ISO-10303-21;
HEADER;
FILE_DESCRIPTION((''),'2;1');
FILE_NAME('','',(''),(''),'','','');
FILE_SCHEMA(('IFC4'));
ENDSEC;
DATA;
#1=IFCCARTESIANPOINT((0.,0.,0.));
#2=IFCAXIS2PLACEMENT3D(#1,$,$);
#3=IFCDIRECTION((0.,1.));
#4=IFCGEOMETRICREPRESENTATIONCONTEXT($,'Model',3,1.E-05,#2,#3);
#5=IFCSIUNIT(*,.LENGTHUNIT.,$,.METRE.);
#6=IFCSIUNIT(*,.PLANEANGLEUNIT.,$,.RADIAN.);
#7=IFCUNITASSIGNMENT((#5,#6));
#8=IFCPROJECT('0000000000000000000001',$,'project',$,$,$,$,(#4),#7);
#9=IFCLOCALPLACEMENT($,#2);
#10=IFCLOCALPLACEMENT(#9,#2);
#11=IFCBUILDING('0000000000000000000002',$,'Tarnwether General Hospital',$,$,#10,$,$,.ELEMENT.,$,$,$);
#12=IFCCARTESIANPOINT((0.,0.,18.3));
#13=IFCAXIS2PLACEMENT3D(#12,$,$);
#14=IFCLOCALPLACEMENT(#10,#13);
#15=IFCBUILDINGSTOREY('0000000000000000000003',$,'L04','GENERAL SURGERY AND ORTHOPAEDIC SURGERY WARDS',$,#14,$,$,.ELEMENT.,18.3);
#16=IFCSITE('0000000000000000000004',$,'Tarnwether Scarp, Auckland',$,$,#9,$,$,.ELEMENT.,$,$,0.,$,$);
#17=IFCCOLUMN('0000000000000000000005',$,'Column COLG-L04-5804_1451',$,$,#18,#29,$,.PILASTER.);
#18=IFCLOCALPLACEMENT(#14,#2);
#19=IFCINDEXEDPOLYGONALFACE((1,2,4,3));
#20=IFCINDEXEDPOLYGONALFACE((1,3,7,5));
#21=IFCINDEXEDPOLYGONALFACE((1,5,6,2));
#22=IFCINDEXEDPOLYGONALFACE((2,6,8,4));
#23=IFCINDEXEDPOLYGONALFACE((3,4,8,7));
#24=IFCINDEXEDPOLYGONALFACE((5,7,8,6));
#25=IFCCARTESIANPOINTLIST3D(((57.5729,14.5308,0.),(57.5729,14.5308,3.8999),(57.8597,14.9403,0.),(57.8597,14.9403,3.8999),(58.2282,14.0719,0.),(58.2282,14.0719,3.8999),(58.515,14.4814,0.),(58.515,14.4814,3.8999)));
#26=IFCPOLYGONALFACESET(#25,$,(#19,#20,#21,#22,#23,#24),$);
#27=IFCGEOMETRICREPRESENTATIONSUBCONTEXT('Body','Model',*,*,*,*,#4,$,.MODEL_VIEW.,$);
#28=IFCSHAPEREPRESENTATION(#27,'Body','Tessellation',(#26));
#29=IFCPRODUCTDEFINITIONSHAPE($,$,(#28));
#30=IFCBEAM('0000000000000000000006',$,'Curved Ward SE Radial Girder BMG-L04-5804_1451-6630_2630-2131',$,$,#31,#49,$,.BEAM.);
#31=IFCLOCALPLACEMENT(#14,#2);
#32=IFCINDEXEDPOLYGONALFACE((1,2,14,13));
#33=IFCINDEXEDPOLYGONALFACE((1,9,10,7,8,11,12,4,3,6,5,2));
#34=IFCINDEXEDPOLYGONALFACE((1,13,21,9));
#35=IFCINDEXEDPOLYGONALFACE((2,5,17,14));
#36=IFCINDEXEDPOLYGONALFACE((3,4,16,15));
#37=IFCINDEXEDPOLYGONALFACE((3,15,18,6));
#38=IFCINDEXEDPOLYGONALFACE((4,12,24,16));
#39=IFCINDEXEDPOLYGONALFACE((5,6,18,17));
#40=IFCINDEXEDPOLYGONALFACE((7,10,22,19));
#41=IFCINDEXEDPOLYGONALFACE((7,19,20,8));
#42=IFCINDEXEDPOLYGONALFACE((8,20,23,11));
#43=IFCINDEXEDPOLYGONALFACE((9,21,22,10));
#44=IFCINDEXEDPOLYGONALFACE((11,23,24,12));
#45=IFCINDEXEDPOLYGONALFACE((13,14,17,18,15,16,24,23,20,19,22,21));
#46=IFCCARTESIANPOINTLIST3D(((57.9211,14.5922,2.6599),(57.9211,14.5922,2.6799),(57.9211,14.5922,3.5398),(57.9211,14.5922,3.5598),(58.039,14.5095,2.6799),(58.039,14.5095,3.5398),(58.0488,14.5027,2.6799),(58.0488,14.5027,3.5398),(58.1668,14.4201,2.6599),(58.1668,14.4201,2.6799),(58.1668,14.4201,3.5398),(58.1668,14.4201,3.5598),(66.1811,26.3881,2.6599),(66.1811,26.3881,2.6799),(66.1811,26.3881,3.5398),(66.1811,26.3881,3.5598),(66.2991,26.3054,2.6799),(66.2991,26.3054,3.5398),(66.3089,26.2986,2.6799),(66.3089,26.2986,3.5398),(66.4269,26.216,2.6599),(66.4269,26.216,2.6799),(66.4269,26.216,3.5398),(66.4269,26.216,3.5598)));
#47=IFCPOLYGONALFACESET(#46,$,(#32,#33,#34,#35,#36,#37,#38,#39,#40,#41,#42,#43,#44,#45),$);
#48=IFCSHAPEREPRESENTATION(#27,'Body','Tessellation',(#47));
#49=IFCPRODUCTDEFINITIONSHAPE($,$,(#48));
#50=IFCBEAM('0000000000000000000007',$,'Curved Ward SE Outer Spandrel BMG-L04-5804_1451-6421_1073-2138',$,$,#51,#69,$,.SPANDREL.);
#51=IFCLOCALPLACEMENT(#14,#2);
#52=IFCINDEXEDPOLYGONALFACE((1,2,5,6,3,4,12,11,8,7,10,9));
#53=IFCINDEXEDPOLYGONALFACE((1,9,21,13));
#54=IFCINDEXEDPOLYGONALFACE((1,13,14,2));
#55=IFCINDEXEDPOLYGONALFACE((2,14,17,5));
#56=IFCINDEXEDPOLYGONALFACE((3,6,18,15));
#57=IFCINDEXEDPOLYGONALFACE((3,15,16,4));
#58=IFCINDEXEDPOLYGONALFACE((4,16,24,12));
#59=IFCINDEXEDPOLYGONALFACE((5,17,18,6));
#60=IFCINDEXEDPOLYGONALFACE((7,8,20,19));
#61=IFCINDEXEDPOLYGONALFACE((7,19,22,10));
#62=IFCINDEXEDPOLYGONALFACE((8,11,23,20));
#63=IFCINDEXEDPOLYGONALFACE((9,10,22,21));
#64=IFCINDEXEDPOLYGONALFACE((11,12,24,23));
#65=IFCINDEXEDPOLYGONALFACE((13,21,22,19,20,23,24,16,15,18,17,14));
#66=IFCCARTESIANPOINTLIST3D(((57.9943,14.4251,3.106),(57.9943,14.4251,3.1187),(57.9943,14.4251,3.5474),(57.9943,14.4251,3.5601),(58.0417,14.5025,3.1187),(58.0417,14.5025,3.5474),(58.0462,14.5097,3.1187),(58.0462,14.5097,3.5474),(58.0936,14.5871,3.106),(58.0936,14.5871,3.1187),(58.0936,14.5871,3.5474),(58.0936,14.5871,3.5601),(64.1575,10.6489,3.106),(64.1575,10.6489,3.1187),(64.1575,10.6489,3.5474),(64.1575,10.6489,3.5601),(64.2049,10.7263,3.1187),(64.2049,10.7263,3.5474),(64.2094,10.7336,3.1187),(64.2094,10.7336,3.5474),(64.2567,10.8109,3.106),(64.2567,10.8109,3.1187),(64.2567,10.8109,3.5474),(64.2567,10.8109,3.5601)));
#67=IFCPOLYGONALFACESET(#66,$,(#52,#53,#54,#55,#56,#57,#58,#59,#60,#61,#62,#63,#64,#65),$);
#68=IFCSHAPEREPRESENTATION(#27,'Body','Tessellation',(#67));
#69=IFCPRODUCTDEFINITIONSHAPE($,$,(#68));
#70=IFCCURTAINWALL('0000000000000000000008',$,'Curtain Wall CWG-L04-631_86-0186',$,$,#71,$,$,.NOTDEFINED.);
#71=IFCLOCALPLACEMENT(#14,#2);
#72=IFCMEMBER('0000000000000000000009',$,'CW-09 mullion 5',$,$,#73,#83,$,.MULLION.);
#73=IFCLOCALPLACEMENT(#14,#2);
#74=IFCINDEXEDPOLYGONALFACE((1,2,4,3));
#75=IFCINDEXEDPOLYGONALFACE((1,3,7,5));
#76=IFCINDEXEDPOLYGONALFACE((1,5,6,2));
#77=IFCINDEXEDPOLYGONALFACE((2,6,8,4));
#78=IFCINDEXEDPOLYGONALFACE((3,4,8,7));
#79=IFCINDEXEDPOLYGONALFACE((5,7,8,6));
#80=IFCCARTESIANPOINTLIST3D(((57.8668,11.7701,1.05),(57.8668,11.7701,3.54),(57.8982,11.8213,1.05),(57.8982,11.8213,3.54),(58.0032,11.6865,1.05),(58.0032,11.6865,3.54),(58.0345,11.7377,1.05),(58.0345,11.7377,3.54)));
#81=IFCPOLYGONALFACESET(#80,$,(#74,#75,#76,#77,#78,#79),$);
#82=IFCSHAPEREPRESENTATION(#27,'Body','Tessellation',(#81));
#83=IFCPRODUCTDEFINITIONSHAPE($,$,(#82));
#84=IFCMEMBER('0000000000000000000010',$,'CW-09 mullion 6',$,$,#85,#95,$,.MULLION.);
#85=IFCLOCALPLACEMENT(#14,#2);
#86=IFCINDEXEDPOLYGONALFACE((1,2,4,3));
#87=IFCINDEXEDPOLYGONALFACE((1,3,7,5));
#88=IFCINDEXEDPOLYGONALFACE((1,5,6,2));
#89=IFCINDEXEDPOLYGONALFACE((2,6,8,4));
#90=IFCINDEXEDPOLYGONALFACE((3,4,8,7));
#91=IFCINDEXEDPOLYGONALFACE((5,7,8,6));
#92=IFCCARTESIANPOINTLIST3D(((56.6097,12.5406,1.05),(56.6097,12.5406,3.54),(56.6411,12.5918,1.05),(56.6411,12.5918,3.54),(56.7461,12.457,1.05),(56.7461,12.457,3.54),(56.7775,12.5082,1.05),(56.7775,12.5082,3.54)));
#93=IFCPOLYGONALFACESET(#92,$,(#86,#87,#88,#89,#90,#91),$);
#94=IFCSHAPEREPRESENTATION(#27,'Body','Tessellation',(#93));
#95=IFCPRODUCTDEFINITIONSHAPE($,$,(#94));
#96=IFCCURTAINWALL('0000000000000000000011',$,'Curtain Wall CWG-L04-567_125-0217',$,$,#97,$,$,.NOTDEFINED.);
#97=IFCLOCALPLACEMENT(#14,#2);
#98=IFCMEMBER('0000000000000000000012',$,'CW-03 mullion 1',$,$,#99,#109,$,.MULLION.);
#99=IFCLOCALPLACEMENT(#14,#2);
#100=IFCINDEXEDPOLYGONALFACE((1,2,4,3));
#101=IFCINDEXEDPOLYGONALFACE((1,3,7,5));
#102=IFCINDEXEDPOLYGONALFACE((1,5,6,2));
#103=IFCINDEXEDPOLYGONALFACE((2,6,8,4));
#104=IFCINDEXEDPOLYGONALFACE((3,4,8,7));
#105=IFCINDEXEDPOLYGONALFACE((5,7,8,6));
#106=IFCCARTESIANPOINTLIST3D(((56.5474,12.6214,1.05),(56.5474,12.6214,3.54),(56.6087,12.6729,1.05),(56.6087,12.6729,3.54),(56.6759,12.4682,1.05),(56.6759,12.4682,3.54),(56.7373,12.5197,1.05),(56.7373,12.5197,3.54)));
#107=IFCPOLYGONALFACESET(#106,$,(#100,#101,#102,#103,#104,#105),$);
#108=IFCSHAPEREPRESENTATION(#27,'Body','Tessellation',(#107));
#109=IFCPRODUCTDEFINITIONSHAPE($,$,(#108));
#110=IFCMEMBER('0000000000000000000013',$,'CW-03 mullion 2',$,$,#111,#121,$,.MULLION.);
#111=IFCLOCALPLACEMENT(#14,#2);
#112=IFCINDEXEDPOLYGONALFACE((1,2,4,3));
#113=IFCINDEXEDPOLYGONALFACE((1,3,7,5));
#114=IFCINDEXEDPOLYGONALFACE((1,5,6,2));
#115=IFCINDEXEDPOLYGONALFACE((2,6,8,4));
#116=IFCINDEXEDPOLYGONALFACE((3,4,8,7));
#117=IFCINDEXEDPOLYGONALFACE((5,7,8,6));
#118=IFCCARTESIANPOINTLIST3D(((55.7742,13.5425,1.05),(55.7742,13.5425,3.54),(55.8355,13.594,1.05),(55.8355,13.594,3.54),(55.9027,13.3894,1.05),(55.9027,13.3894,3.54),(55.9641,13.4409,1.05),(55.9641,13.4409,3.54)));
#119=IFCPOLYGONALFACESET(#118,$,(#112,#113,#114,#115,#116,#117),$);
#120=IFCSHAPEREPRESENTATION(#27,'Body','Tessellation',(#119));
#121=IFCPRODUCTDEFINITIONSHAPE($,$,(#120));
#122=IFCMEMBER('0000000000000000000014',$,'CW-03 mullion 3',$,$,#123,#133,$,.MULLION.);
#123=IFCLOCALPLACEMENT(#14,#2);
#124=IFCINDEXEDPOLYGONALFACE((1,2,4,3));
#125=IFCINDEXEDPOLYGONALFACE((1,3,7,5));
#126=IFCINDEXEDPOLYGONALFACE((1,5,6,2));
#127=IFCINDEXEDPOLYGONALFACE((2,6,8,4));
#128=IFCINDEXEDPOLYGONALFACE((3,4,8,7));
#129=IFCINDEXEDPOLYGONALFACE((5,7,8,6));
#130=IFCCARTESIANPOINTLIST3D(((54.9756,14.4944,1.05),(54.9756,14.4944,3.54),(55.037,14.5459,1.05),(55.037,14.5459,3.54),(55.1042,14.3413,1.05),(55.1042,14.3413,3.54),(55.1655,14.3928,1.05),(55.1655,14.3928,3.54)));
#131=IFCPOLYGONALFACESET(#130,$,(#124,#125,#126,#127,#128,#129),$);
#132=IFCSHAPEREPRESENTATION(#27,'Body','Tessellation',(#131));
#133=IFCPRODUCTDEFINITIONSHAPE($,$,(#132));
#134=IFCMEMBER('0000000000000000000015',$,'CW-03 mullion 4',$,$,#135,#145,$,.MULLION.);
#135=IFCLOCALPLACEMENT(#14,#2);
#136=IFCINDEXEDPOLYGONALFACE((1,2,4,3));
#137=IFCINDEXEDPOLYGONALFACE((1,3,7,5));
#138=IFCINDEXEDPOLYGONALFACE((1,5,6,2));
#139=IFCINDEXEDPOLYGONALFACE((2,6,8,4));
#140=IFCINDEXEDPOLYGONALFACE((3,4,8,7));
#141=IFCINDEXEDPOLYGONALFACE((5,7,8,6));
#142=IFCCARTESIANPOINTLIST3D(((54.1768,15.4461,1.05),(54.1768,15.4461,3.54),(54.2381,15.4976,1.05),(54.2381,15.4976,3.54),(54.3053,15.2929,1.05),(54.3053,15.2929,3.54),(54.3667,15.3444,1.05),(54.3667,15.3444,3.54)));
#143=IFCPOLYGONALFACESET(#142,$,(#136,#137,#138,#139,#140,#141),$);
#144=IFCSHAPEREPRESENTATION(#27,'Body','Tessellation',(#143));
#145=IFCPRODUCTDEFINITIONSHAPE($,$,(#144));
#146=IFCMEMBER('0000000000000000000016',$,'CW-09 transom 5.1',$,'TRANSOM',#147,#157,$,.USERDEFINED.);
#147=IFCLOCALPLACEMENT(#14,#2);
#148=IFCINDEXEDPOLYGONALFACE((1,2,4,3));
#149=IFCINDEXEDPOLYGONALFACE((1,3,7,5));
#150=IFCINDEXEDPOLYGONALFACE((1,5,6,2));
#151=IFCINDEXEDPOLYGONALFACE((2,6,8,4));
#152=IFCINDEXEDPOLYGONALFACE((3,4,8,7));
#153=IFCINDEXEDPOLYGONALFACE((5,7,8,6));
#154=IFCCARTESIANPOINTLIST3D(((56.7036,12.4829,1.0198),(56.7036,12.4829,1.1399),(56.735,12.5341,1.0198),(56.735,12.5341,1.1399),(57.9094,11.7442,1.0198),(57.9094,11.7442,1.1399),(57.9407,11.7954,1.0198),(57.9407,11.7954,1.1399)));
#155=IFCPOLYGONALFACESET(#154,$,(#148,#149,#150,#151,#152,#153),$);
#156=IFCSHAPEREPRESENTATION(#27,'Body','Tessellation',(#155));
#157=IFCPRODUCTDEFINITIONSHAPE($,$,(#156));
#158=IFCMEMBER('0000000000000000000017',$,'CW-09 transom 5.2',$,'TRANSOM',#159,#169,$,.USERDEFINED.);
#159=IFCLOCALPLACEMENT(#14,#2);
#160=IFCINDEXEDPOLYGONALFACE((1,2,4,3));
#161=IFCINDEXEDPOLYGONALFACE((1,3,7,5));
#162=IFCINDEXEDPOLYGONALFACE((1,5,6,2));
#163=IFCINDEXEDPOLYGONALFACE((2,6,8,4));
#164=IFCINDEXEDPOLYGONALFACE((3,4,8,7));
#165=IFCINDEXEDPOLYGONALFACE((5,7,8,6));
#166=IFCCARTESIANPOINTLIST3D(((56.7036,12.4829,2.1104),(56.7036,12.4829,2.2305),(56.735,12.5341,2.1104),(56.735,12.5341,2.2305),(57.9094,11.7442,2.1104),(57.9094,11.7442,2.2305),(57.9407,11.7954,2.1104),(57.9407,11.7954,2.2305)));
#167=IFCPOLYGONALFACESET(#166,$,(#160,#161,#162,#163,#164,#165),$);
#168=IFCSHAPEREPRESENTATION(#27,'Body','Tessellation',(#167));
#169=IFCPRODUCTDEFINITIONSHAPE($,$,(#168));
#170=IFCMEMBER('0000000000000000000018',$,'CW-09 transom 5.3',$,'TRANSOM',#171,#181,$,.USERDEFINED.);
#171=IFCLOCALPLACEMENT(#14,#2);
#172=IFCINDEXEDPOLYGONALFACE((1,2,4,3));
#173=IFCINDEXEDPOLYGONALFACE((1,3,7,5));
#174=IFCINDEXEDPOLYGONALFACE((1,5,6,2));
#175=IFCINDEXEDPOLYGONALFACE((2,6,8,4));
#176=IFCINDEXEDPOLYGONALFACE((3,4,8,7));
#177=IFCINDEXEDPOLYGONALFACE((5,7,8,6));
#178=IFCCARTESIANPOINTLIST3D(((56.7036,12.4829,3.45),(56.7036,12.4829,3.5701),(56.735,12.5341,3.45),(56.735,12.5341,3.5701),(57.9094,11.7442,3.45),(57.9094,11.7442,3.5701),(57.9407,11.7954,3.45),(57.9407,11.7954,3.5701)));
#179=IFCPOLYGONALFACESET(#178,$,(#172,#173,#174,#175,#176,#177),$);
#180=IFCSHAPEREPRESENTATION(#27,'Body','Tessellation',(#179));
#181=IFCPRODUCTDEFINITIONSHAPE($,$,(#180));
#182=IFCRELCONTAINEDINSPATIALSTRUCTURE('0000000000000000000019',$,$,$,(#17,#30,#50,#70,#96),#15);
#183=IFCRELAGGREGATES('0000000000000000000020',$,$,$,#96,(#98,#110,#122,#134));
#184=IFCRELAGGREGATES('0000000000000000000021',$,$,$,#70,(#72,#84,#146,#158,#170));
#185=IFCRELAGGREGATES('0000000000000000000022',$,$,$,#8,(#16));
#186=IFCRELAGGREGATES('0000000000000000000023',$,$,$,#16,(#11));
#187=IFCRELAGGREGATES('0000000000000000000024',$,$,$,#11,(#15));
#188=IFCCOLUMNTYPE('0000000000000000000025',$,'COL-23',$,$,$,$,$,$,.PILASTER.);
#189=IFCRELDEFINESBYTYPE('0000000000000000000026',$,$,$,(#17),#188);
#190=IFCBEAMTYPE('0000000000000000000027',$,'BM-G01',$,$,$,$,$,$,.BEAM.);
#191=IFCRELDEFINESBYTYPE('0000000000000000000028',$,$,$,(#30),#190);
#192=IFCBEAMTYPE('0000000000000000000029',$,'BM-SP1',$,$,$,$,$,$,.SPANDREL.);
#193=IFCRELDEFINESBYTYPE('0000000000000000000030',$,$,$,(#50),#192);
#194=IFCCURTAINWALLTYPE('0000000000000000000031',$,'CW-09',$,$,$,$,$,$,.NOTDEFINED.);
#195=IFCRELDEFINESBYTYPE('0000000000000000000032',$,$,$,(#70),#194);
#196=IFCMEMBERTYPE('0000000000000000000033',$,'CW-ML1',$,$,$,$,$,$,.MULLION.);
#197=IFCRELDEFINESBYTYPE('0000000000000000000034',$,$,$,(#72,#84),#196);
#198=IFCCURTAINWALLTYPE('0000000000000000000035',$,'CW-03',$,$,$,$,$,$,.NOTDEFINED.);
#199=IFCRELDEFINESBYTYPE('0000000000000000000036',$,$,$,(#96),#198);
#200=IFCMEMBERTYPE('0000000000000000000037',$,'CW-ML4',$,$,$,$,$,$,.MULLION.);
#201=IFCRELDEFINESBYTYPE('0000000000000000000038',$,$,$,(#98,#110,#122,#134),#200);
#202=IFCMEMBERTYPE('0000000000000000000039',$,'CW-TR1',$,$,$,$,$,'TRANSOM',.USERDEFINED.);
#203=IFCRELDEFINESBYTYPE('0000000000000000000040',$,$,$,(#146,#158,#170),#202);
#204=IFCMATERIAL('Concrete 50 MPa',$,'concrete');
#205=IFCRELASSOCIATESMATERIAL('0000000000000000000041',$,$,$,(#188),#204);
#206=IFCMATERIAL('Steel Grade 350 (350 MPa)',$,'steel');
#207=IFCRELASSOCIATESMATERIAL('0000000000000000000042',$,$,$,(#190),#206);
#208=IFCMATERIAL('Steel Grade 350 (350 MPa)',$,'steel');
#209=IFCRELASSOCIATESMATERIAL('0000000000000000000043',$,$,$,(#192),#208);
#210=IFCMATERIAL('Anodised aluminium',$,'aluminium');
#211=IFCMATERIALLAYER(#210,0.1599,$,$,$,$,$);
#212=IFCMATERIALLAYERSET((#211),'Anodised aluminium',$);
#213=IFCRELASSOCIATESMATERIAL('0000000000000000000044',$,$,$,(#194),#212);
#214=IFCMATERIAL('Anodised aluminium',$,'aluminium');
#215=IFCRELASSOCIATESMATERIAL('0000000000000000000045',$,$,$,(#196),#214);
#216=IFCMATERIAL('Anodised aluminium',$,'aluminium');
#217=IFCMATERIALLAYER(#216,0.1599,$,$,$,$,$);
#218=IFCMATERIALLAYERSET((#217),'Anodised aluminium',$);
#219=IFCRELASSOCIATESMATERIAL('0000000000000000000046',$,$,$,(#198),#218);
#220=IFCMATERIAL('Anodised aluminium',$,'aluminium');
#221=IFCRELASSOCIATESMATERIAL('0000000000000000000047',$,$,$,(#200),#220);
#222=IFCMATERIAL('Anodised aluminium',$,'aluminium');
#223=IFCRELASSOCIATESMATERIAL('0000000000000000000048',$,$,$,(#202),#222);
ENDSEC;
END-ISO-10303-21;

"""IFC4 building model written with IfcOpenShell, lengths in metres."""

from ifc_helpers import new_model, si_unit, direction, frame, origin, origin_2d, place, context, subcontext, project, spatial, rectangle, i_section, extrude, material, layer, layer_set, material_profile, profile_set, type_object, element, aggregate, save


model = new_model("IFC4")

# Units and contexts
model_context = context("Model", 3, precision=1e-05, world=origin(), true_north=direction((0.0, 1.0)))
body_context = subcontext(model_context, "Body", "Model", "MODEL_VIEW")
ifc_project = project(units=[si_unit("LENGTHUNIT", "METRE"), si_unit("PLANEANGLEUNIT", "RADIAN")], contexts=[model_context])

# Site, building, storey
site_placement = place(None, origin())
site = spatial("IfcSite", under=ifc_project, at=site_placement, Name="Tarnwether Scarp, Auckland", CompositionType="ELEMENT", RefElevation=0.0)
building_placement = place(site_placement, origin())
building = spatial("IfcBuilding", under=site, at=building_placement, Name="Tarnwether General Hospital", CompositionType="ELEMENT")
storey_placement = place(building_placement, frame((0.0, 0.0, 18.3)))
storey = spatial("IfcBuildingStorey", under=building, at=storey_placement, Name="L04", Description="GENERAL SURGERY AND ORTHOPAEDIC SURGERY WARDS", CompositionType="ELEMENT", Elevation=18.3)

# Column
ifc_material_1 = material(Name="Concrete 50 MPa", Category="concrete")
ifc_material_profile_1 = material_profile(ifc_material_1, rectangle(XDim=0.5, YDim=0.8, at=origin_2d()), Name="RC-PIL-500x800")
ifc_profile_set_1 = profile_set([ifc_material_profile_1], Name="Concrete 50 MPa")
column_type = type_object("IfcColumnType", Name="COL-23", PredefinedType="PILASTER", material=ifc_profile_set_1)
column_placement = place(storey_placement, frame((58.0439, 14.5061, 0.0), z_axis=(0.0, 0.0, 1.0), x_axis=(0.573576, 0.819152, 0.0)))
element("IfcColumn", 1, at=column_placement, inside=storey, type_object=column_type, Name="Column COLG-L04-5804_1451", PredefinedType="PILASTER", context=body_context, shape_type="SweptSolid", body=[
    extrude(rectangle(XDim=0.5, YDim=0.8, at=origin_2d()), origin(), (0.0, 0.0, 1.0), 3.8999),
])

# Beams
ifc_material_2 = material(Name="Steel Grade 350 (350 MPa)", Category="steel")
ifc_material_profile_2 = material_profile(ifc_material_2, i_section(OverallWidth=0.3, OverallDepth=0.8999, WebThickness=0.012, FlangeThickness=0.02, at=origin_2d()), Name="900WB175")
ifc_profile_set_2 = profile_set([ifc_material_profile_2], Name="Steel Grade 350 (350 MPa)")
beam_type_1 = type_object("IfcBeamType", Name="BM-G01", PredefinedType="BEAM", material=ifc_profile_set_2)
beam_1_placement = place(storey_placement, frame((58.0439, 14.5061, 3.1099), z_axis=(0.573597, 0.819138, 0.0), x_axis=(-0.819138, 0.573597, 0.0)))
element("IfcBeam", 2, at=beam_1_placement, inside=storey, type_object=beam_type_1, Name="Curved Ward SE Radial Girder BMG-L04-5804_1451-6630_2630-2131", PredefinedType="BEAM", context=body_context, shape_type="SweptSolid", body=[
    extrude(i_section(OverallWidth=0.3, OverallDepth=0.8999, WebThickness=0.012, FlangeThickness=0.02, at=origin_2d()), origin(), (0.0, 0.0, 1.0), 14.4004),
])
ifc_material_3 = material(Name="Steel Grade 350 (350 MPa)", Category="steel")
ifc_material_profile_3 = material_profile(ifc_material_3, i_section(OverallWidth=0.1899, OverallDepth=0.4541, WebThickness=0.0085, FlangeThickness=0.0127, at=origin_2d()), Name="460UB67.1")
ifc_profile_set_3 = profile_set([ifc_material_profile_3], Name="Steel Grade 350 (350 MPa)")
beam_type_2 = type_object("IfcBeamType", Name="BM-SP1", PredefinedType="SPANDREL", material=ifc_profile_set_3)
beam_2_placement = place(storey_placement, frame((58.0439, 14.5061, 3.333), z_axis=(0.852678, -0.522436, 0.0), x_axis=(0.522436, 0.852678, 0.0)))
element("IfcBeam", 3, at=beam_2_placement, inside=storey, type_object=beam_type_2, Name="Curved Ward SE Outer Spandrel BMG-L04-5804_1451-6421_1073-2138", PredefinedType="SPANDREL", context=body_context, shape_type="SweptSolid", body=[
    extrude(i_section(OverallWidth=0.1899, OverallDepth=0.4541, WebThickness=0.0085, FlangeThickness=0.0127, at=origin_2d()), origin(), (0.0, 0.0, 1.0), 7.228),
])

# Curtain walls, members
ifc_material_4 = material(Name="Anodised aluminium", Category="aluminium")
ifc_layer_1 = layer(ifc_material_4, 0.1599)
ifc_layer_set_1 = layer_set([ifc_layer_1], Name="Anodised aluminium")
curtain_wall_type_1 = type_object("IfcCurtainWallType", Name="CW-09", PredefinedType="NOTDEFINED", material=ifc_layer_set_1)
curtain_wall_1_placement = place(storey_placement, origin())
curtain_wall_1 = element("IfcCurtainWall", 4, at=curtain_wall_1_placement, inside=storey, type_object=curtain_wall_type_1, Name="Curtain Wall CWG-L04-631_86-0186", PredefinedType="NOTDEFINED")
ifc_material_5 = material(Name="Anodised aluminium", Category="aluminium")
ifc_material_profile_4 = material_profile(ifc_material_5, rectangle(XDim=0.0601, YDim=0.1599, at=origin_2d()), Name="ALU-MUL-60x160")
ifc_profile_set_4 = profile_set([ifc_material_profile_4], Name="Anodised aluminium")
member_type_1 = type_object("IfcMemberType", Name="CW-ML1", PredefinedType="MULLION", material=ifc_profile_set_4)
member_1_placement = place(storey_placement, frame((57.9507, 11.7539, 1.05), z_axis=(0.0, 0.0, 1.0), x_axis=(-0.522509, -0.852634, 0.0)))
member_1 = element("IfcMember", 5, at=member_1_placement, type_object=member_type_1, Name="CW-09 mullion 5", PredefinedType="MULLION", context=body_context, shape_type="SweptSolid", body=[
    extrude(rectangle(XDim=0.0601, YDim=0.1599, at=origin_2d()), origin(), (0.0, 0.0, 1.0), 2.49),
])
member_2_placement = place(storey_placement, frame((56.6936, 12.5244, 1.05), z_axis=(0.0, 0.0, 1.0), x_axis=(-0.522509, -0.852634, 0.0)))
member_2 = element("IfcMember", 6, at=member_2_placement, type_object=member_type_1, Name="CW-09 mullion 6", PredefinedType="MULLION", context=body_context, shape_type="SweptSolid", body=[
    extrude(rectangle(XDim=0.0601, YDim=0.1599, at=origin_2d()), origin(), (0.0, 0.0, 1.0), 2.49),
])
ifc_material_6 = material(Name="Anodised aluminium", Category="aluminium")
ifc_layer_2 = layer(ifc_material_6, 0.1599)
ifc_layer_set_2 = layer_set([ifc_layer_2], Name="Anodised aluminium")
curtain_wall_type_2 = type_object("IfcCurtainWallType", Name="CW-03", PredefinedType="NOTDEFINED", material=ifc_layer_set_2)
curtain_wall_2_placement = place(storey_placement, origin())
curtain_wall_2 = element("IfcCurtainWall", 7, at=curtain_wall_2_placement, inside=storey, type_object=curtain_wall_type_2, Name="Curtain Wall CWG-L04-567_125-0217", PredefinedType="NOTDEFINED")
ifc_material_7 = material(Name="Anodised aluminium", Category="aluminium")
ifc_material_profile_5 = material_profile(ifc_material_7, rectangle(XDim=0.0801, YDim=0.2, at=origin_2d()), Name="ALU-MUL-80x200")
ifc_profile_set_5 = profile_set([ifc_material_profile_5], Name="Anodised aluminium")
member_type_2 = type_object("IfcMemberType", Name="CW-ML4", PredefinedType="MULLION", material=ifc_profile_set_5)
member_3_placement = place(storey_placement, frame((56.6423, 12.5706, 1.05), z_axis=(0.0, 0.0, 1.0), x_axis=(-0.76599, -0.642852, 0.0)))
member_3 = element("IfcMember", 8, at=member_3_placement, type_object=member_type_2, Name="CW-03 mullion 1", PredefinedType="MULLION", context=body_context, shape_type="SweptSolid", body=[
    extrude(rectangle(XDim=0.0801, YDim=0.2, at=origin_2d()), origin(), (0.0, 0.0, 1.0), 2.49),
])
member_4_placement = place(storey_placement, frame((55.8691, 13.4917, 1.05), z_axis=(0.0, 0.0, 1.0), x_axis=(-0.76599, -0.642852, 0.0)))
member_4 = element("IfcMember", 9, at=member_4_placement, type_object=member_type_2, Name="CW-03 mullion 2", PredefinedType="MULLION", context=body_context, shape_type="SweptSolid", body=[
    extrude(rectangle(XDim=0.0801, YDim=0.2, at=origin_2d()), origin(), (0.0, 0.0, 1.0), 2.49),
])
member_5_placement = place(storey_placement, frame((55.0706, 14.4436, 1.05), z_axis=(0.0, 0.0, 1.0), x_axis=(-0.76599, -0.642852, 0.0)))
member_5 = element("IfcMember", 10, at=member_5_placement, type_object=member_type_2, Name="CW-03 mullion 3", PredefinedType="MULLION", context=body_context, shape_type="SweptSolid", body=[
    extrude(rectangle(XDim=0.0801, YDim=0.2, at=origin_2d()), origin(), (0.0, 0.0, 1.0), 2.49),
])
member_6_placement = place(storey_placement, frame((54.2717, 15.3953, 1.05), z_axis=(0.0, 0.0, 1.0), x_axis=(-0.76599, -0.642852, 0.0)))
member_6 = element("IfcMember", 11, at=member_6_placement, type_object=member_type_2, Name="CW-03 mullion 4", PredefinedType="MULLION", context=body_context, shape_type="SweptSolid", body=[
    extrude(rectangle(XDim=0.0801, YDim=0.2, at=origin_2d()), origin(), (0.0, 0.0, 1.0), 2.49),
])

# Members
ifc_material_8 = material(Name="Anodised aluminium", Category="aluminium")
ifc_material_profile_6 = material_profile(ifc_material_8, rectangle(XDim=0.0601, YDim=0.1201, at=origin_2d()), Name="ALU-TRN-60x120")
ifc_profile_set_6 = profile_set([ifc_material_profile_6], Name="Anodised aluminium")
member_type_3 = type_object("IfcMemberType", Name="CW-TR1", ElementType="TRANSOM", PredefinedType="USERDEFINED", material=ifc_profile_set_6)
member_7_placement = place(storey_placement, frame((57.925, 11.7698, 1.0798), z_axis=(-0.852688, 0.52242, 0.0), x_axis=(-0.52242, -0.852688, 0.0)))
member_7 = element("IfcMember", 12, at=member_7_placement, type_object=member_type_3, Name="CW-09 transom 5.1", ObjectType="TRANSOM", PredefinedType="USERDEFINED", context=body_context, shape_type="SweptSolid", body=[
    extrude(rectangle(XDim=0.0601, YDim=0.1201, at=origin_2d()), origin(), (0.0, 0.0, 1.0), 1.4141),
])
member_8_placement = place(storey_placement, frame((57.925, 11.7698, 2.1704), z_axis=(-0.852688, 0.52242, 0.0), x_axis=(-0.52242, -0.852688, 0.0)))
member_8 = element("IfcMember", 13, at=member_8_placement, type_object=member_type_3, Name="CW-09 transom 5.2", ObjectType="TRANSOM", PredefinedType="USERDEFINED", context=body_context, shape_type="SweptSolid", body=[
    extrude(rectangle(XDim=0.0601, YDim=0.1201, at=origin_2d()), origin(), (0.0, 0.0, 1.0), 1.4141),
])
member_9_placement = place(storey_placement, frame((57.925, 11.7698, 3.51), z_axis=(-0.852688, 0.52242, 0.0), x_axis=(-0.52242, -0.852688, 0.0)))
member_9 = element("IfcMember", 14, at=member_9_placement, type_object=member_type_3, Name="CW-09 transom 5.3", ObjectType="TRANSOM", PredefinedType="USERDEFINED", context=body_context, shape_type="SweptSolid", body=[
    extrude(rectangle(XDim=0.0601, YDim=0.1201, at=origin_2d()), origin(), (0.0, 0.0, 1.0), 1.4141),
])

aggregate(curtain_wall_2, [member_3, member_4, member_5, member_6])
aggregate(curtain_wall_1, [member_1, member_2, member_7, member_8, member_9])

save(model, "model.ifc")
